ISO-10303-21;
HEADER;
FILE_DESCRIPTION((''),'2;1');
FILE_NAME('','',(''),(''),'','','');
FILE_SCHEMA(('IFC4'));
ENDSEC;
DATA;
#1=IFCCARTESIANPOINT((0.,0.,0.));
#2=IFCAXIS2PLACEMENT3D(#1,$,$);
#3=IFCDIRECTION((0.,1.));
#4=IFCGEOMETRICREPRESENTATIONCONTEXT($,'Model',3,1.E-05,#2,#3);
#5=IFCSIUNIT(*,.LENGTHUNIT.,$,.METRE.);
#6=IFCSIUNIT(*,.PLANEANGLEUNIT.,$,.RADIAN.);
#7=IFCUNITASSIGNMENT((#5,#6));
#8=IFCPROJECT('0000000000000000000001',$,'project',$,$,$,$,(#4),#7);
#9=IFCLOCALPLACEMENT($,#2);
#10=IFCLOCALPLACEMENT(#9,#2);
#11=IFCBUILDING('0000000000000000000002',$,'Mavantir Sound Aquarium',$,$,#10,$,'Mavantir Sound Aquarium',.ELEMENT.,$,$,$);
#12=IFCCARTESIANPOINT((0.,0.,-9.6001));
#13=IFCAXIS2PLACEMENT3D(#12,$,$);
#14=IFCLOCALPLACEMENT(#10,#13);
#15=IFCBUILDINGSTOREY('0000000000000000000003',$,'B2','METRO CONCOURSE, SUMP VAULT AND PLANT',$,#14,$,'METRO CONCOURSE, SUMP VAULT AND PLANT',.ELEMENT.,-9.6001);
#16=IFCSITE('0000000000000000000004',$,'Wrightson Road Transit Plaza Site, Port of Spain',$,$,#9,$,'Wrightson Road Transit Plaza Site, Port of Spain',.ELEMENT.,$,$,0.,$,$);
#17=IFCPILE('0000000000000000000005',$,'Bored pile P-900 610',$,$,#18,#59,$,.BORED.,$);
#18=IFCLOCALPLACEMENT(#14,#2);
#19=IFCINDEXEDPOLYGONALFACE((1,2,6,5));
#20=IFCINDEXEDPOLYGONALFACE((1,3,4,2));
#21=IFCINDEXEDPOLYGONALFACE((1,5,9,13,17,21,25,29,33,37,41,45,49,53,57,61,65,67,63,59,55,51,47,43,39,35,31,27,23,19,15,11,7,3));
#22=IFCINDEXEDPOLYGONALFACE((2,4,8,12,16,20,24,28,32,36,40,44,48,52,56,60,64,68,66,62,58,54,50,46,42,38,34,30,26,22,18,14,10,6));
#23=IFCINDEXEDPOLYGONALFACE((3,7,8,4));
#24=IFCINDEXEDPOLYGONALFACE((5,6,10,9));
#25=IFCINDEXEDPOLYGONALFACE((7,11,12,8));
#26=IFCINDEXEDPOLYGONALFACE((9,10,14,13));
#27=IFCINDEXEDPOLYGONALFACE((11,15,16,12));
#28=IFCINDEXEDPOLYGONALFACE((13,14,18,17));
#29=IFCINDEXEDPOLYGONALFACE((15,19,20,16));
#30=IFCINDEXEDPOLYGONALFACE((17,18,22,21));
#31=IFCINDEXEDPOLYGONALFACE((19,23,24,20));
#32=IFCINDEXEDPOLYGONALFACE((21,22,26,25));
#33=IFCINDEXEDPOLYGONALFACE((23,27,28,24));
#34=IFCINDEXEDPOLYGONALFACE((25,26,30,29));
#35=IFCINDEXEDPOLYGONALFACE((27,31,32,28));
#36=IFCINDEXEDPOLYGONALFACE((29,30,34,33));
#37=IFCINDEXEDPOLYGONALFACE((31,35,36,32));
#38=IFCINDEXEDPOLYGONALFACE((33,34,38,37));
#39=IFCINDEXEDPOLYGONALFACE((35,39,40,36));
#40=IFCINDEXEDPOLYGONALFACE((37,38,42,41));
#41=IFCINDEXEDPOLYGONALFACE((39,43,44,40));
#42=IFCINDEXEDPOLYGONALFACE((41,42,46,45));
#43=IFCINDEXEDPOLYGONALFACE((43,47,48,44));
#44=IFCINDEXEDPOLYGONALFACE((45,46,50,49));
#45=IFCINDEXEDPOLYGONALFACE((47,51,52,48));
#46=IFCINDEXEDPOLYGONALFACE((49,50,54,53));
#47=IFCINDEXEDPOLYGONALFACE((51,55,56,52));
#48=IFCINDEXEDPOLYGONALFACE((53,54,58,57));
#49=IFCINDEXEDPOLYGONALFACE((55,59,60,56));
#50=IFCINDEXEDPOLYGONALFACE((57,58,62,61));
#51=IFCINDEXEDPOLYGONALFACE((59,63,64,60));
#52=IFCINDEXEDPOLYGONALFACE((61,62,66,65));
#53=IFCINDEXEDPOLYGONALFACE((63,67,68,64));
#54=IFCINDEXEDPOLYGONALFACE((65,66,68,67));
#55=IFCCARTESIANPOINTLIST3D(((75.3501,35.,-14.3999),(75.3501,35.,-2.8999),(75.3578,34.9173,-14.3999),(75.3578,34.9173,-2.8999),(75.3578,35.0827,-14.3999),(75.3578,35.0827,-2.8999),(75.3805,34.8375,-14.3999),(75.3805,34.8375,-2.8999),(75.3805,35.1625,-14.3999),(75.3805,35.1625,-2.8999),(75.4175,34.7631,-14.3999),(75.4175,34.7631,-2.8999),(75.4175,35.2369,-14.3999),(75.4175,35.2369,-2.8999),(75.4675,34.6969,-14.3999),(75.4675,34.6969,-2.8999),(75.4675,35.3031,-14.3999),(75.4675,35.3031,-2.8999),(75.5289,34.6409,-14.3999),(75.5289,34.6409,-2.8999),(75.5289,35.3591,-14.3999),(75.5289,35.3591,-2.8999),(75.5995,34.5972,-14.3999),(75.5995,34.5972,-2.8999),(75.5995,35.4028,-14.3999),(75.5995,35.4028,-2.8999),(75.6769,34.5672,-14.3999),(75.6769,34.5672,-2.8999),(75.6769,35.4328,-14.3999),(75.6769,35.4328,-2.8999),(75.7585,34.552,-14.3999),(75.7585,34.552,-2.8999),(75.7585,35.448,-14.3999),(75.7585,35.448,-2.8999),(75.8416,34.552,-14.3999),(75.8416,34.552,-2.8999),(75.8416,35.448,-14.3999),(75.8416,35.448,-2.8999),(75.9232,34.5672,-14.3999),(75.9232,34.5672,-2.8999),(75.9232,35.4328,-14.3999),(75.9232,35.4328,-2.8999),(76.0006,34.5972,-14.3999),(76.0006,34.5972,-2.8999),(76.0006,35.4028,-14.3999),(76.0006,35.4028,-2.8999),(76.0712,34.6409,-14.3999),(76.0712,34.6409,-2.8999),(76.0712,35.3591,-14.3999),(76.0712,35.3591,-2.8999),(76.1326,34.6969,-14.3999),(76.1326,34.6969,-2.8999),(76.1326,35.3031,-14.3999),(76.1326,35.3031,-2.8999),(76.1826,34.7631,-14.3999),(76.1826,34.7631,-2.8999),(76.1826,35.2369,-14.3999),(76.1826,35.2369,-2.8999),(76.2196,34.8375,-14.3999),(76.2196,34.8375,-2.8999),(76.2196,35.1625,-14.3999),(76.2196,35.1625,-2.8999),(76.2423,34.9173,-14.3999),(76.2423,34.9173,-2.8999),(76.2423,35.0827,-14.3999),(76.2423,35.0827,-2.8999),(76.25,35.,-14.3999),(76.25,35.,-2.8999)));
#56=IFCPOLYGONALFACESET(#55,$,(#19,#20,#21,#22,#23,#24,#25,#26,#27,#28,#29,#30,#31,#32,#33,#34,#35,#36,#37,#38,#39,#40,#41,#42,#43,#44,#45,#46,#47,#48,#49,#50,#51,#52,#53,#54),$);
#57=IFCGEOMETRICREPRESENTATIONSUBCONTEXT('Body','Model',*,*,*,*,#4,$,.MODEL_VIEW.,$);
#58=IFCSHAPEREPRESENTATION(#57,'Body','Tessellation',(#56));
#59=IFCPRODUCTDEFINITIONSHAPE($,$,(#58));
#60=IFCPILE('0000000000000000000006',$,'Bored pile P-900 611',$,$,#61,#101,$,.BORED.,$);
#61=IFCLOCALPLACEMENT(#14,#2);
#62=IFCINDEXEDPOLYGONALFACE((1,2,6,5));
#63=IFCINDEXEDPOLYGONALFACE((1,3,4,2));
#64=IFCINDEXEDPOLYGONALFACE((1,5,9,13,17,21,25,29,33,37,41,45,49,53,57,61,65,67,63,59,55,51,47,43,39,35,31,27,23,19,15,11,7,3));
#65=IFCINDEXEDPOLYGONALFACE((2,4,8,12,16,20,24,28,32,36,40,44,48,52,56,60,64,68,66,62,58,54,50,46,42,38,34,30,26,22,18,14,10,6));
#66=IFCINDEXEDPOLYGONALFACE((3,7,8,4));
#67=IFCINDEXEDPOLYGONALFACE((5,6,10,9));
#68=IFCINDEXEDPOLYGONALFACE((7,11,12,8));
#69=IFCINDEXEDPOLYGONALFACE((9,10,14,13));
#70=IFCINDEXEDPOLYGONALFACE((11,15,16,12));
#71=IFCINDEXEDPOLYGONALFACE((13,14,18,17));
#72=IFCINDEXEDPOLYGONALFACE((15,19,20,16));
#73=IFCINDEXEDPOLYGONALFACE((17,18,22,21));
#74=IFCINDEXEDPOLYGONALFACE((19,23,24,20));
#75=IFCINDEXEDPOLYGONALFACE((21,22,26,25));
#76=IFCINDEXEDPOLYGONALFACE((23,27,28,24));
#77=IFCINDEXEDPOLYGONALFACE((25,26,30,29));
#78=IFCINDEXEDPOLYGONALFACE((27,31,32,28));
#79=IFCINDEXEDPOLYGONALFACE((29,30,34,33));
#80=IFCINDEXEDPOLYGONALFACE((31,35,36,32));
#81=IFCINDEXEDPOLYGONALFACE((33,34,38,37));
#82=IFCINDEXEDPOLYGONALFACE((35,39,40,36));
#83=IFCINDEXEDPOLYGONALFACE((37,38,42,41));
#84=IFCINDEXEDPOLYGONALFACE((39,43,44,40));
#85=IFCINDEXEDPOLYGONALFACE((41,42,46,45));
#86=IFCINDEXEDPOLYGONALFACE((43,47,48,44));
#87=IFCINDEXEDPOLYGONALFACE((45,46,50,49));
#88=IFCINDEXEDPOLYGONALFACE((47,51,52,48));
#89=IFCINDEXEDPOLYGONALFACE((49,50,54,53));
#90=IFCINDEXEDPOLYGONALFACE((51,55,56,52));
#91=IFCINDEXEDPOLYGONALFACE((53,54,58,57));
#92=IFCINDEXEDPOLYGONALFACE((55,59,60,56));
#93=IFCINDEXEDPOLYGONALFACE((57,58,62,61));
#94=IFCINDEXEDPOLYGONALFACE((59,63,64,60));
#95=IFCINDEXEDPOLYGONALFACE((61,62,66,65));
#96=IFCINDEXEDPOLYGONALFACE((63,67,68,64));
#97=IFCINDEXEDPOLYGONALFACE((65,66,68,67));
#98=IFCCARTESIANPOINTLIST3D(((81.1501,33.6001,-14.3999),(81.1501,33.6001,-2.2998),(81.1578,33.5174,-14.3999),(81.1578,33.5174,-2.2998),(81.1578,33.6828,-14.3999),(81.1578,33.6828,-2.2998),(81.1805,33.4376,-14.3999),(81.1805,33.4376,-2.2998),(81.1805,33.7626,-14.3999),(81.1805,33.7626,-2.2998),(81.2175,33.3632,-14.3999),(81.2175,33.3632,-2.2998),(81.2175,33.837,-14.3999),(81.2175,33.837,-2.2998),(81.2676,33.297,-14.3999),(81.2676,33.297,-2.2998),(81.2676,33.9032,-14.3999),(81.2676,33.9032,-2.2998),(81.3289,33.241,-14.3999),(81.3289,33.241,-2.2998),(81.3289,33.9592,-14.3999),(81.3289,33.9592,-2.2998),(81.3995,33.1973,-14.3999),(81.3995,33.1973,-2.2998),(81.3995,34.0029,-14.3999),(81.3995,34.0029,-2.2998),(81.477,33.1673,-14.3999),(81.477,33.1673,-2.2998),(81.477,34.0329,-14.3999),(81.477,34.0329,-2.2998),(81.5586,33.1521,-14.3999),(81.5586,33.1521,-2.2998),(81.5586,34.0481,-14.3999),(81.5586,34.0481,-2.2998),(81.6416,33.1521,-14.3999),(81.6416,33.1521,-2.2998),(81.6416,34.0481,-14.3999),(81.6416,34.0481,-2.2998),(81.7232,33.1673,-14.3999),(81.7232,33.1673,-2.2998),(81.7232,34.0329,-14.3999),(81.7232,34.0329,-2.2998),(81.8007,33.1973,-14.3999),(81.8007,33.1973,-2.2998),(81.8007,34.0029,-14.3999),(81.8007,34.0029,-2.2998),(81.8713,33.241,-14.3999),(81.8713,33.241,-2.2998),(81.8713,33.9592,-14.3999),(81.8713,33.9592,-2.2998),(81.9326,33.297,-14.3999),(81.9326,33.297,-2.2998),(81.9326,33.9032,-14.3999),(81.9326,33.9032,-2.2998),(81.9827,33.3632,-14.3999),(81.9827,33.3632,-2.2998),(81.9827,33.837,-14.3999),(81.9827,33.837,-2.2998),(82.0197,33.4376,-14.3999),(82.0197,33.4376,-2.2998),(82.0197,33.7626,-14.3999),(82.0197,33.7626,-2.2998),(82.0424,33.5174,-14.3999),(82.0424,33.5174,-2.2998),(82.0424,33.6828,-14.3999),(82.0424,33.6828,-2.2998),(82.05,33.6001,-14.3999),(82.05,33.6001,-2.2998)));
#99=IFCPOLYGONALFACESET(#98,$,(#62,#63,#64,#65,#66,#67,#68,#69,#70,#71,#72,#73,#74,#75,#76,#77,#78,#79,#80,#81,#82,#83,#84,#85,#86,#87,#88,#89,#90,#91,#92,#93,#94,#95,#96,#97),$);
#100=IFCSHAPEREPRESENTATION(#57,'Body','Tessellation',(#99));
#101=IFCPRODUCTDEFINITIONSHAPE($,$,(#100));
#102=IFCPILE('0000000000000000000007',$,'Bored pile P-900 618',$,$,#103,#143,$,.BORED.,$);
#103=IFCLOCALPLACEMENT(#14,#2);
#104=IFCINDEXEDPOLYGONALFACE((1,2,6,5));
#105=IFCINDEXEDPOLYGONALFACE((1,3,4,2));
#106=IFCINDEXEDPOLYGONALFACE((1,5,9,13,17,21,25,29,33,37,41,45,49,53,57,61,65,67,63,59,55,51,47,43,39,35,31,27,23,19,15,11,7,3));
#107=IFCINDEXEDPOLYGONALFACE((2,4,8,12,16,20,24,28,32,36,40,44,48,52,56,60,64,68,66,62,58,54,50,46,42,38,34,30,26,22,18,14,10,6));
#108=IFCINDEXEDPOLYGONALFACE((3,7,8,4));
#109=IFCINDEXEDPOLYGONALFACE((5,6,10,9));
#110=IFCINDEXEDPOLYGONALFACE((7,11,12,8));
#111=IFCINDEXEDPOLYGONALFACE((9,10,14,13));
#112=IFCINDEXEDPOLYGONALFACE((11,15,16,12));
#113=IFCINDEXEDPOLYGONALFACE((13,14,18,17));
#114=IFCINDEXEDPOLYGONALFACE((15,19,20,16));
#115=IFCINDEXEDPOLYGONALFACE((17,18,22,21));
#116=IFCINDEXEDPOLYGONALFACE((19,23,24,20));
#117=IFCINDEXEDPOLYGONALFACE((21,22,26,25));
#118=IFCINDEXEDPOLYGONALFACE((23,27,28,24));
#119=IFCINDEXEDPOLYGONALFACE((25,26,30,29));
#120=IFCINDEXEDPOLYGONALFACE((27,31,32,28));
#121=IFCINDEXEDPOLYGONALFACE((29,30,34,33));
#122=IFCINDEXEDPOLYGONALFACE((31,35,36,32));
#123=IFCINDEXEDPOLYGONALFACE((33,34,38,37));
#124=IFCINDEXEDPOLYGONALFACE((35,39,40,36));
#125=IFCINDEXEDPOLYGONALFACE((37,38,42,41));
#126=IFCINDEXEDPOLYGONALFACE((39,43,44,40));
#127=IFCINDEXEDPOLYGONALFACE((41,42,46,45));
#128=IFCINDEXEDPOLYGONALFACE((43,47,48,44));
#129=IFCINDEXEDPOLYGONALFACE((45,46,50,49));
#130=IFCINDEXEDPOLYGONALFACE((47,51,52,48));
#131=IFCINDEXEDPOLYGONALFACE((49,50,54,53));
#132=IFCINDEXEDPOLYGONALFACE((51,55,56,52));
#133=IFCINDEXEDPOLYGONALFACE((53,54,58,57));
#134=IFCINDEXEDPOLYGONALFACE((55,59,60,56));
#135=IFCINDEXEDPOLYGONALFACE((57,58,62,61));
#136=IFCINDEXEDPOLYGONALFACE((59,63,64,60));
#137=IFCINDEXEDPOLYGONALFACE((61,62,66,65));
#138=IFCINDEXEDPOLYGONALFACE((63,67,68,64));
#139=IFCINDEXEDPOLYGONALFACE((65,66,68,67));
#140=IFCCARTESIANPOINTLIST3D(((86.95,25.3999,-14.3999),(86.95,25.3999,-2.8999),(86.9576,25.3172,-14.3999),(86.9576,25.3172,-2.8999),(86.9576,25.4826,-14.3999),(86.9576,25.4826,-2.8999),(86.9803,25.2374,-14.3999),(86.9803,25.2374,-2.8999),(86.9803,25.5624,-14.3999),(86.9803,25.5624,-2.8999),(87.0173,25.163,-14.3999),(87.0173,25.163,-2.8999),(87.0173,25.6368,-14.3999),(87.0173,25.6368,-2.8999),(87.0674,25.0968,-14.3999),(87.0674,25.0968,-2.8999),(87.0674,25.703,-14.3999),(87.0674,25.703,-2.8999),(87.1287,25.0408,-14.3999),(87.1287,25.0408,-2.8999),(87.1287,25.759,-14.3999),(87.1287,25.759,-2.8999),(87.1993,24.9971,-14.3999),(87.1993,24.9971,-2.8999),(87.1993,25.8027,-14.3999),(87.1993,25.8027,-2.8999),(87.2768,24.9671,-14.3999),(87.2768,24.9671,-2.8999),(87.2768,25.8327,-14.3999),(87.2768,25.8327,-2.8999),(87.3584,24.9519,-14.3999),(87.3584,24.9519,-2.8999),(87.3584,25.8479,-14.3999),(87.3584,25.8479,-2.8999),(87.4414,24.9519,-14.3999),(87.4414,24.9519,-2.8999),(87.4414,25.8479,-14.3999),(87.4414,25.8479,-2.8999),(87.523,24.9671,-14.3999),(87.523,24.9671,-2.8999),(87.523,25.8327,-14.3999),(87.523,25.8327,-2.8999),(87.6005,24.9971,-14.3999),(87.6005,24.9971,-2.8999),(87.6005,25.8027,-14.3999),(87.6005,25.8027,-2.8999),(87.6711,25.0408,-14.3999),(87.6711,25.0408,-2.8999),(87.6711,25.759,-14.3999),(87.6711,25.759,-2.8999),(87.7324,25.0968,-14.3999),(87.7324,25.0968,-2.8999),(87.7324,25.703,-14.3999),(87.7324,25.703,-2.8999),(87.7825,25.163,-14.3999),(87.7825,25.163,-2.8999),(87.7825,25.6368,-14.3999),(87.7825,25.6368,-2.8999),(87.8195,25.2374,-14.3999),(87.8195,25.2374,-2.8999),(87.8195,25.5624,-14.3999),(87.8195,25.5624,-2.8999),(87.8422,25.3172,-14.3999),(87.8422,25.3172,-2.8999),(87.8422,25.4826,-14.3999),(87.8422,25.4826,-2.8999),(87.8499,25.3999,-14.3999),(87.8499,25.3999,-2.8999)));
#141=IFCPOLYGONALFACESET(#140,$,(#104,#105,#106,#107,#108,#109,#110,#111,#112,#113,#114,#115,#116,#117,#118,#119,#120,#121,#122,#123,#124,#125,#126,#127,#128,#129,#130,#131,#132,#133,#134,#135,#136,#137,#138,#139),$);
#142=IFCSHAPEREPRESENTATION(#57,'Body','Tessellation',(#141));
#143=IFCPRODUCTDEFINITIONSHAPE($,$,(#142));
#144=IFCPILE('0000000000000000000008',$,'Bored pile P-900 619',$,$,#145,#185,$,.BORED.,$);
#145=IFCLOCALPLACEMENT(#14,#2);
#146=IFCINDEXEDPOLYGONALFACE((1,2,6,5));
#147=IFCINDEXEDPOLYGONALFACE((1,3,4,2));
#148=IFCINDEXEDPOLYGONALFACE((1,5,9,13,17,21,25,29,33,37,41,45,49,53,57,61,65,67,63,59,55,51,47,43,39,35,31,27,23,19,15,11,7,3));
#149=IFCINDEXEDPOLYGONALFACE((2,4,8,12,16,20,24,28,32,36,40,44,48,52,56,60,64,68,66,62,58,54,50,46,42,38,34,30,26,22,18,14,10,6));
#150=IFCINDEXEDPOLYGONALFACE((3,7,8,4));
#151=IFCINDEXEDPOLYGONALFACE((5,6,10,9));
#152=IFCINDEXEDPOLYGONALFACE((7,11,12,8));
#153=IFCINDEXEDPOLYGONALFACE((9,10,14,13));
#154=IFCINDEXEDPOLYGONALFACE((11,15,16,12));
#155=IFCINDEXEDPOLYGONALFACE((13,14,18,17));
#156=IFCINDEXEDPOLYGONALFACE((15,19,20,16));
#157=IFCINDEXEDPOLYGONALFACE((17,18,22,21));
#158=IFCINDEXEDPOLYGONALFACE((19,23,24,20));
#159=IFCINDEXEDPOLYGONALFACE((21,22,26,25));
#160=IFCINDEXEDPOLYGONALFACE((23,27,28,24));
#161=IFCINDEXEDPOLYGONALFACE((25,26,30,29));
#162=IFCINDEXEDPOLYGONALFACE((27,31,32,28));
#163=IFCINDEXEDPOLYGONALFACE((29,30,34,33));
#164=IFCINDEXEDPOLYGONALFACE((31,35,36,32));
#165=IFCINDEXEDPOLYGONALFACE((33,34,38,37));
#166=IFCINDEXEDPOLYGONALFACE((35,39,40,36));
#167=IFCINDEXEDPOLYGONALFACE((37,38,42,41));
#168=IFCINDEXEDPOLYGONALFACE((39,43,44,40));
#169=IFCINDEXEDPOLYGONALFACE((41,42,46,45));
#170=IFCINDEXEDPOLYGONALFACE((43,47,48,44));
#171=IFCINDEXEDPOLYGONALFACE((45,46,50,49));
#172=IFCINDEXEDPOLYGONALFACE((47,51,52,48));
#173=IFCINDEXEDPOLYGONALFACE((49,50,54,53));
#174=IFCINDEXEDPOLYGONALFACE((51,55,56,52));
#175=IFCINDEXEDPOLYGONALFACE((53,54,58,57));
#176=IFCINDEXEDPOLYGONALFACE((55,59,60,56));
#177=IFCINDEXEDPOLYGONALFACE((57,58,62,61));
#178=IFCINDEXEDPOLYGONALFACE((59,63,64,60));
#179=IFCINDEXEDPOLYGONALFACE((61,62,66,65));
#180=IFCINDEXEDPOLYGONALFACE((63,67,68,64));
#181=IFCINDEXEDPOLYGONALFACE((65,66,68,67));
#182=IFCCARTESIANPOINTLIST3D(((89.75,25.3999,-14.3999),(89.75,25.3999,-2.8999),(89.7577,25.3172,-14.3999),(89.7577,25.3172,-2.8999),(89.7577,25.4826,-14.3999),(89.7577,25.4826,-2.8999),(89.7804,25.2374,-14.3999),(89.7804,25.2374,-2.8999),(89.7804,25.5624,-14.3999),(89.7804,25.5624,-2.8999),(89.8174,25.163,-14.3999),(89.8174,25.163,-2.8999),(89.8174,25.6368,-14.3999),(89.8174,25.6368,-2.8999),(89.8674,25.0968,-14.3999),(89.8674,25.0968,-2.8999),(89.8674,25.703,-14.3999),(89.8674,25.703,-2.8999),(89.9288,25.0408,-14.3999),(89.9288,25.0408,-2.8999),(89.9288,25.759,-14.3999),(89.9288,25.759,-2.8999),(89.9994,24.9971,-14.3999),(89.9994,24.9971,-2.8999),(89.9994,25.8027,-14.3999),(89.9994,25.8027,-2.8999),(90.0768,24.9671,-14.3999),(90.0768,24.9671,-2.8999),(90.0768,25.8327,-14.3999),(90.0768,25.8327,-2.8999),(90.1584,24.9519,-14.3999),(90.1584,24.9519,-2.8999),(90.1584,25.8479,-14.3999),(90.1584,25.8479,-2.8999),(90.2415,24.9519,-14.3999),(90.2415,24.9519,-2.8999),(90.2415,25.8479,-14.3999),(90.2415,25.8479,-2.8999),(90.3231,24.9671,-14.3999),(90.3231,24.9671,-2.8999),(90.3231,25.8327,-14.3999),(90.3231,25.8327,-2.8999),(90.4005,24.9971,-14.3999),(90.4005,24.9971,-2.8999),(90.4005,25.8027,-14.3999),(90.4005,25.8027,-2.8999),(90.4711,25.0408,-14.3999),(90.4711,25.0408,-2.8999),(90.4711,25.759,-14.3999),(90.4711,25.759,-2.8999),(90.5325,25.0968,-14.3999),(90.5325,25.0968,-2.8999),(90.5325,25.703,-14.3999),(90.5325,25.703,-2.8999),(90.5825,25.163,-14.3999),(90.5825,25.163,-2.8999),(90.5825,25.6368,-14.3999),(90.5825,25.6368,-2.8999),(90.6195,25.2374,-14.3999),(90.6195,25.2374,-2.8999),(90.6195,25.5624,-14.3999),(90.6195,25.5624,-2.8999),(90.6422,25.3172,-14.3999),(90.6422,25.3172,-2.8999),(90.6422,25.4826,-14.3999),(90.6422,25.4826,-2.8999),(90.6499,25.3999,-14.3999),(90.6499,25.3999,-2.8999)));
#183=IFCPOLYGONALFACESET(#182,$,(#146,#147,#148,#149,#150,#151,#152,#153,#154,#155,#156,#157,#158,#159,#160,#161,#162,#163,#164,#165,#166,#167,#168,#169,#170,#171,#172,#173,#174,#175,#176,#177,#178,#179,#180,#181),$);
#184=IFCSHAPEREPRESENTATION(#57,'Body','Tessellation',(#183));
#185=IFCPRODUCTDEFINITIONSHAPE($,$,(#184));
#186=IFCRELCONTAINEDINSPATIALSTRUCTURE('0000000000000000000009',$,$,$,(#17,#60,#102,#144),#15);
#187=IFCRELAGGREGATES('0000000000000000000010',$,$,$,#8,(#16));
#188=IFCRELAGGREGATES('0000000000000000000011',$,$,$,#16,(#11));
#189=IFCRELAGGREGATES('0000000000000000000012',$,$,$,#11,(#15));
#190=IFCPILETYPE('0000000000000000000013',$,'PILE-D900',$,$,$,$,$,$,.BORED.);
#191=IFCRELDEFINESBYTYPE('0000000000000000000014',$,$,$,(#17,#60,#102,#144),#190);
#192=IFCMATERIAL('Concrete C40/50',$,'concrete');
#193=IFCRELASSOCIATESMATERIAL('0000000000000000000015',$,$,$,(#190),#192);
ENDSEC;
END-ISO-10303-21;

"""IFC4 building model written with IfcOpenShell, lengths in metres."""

from ifc_helpers import new_model, si_unit, direction, frame, origin, origin_2d, place, context, subcontext, project, spatial, circle, extrude, material, material_profile, profile_set, type_object, element, save


model = new_model("IFC4")

# Units and contexts
model_context = context("Model", 3, precision=1e-05, world=origin(), true_north=direction((0.0, 1.0)))
body_context = subcontext(model_context, "Body", "Model", "MODEL_VIEW")
ifc_project = project(units=[si_unit("LENGTHUNIT", "METRE"), si_unit("PLANEANGLEUNIT", "RADIAN")], contexts=[model_context])

# Site, building, storey
site_placement = place(None, origin())
site = spatial("IfcSite", under=ifc_project, at=site_placement, Name="Wrightson Road Transit Plaza Site, Port of Spain", LongName="Wrightson Road Transit Plaza Site, Port of Spain", CompositionType="ELEMENT", RefElevation=0.0)
building_placement = place(site_placement, origin())
building = spatial("IfcBuilding", under=site, at=building_placement, Name="Mavantir Sound Aquarium", LongName="Mavantir Sound Aquarium", CompositionType="ELEMENT")
storey_placement = place(building_placement, frame((0.0, 0.0, -9.6001)))
storey = spatial("IfcBuildingStorey", under=building, at=storey_placement, Name="B2", Description="METRO CONCOURSE, SUMP VAULT AND PLANT", LongName="METRO CONCOURSE, SUMP VAULT AND PLANT", CompositionType="ELEMENT", Elevation=-9.6001)

# Shared definitions
ifc_material_1 = material(Name="Concrete C40/50", Category="concrete")

# Piles
ifc_material_profile_1 = material_profile(ifc_material_1, circle(Radius=0.45, at=origin_2d()), Name="PILE D900")
ifc_profile_set_1 = profile_set([ifc_material_profile_1], Name="Concrete C40/50")
pile_type = type_object("IfcPileType", Name="PILE-D900", PredefinedType="BORED", material=ifc_profile_set_1)
for number, where, z_axis, x_axis, name in (
    (1, (75.8, 35.0, -2.8999), (0.0, 0.0, -1.0), (1.0, 0.0, 0.0), "Bored pile P-900 610"),
):
    element("IfcPile", number, at=place(storey_placement, frame(where, z_axis=z_axis, x_axis=x_axis)), inside=storey, type_object=pile_type, Name=name, PredefinedType="BORED", context=body_context, shape_type="SweptSolid", body=[
        extrude(circle(Radius=0.45, at=origin_2d()), origin(), (0.0, 0.0, 1.0), 11.5),
    ])
pile_placement = place(storey_placement, frame((81.6001, 33.6001, -2.2998), z_axis=(0.0, 0.0, -1.0), x_axis=(1.0, 0.0, 0.0)))
element("IfcPile", 2, at=pile_placement, inside=storey, type_object=pile_type, Name="Bored pile P-900 611", PredefinedType="BORED", context=body_context, shape_type="SweptSolid", body=[
    extrude(circle(Radius=0.45, at=origin_2d()), origin(), (0.0, 0.0, 1.0), 12.1001),
])
for number, where, z_axis, x_axis, name in (
    (3, (87.3999, 25.3999, -2.8999), (0.0, 0.0, -1.0), (1.0, 0.0, 0.0), "Bored pile P-900 618"),
    (4, (90.2, 25.3999, -2.8999), (0.0, 0.0, -1.0), (1.0, 0.0, 0.0), "Bored pile P-900 619"),
):
    element("IfcPile", number, at=place(storey_placement, frame(where, z_axis=z_axis, x_axis=x_axis)), inside=storey, type_object=pile_type, Name=name, PredefinedType="BORED", context=body_context, shape_type="SweptSolid", body=[
        extrude(circle(Radius=0.45, at=origin_2d()), origin(), (0.0, 0.0, 1.0), 11.5),
    ])

save(model, "model.ifc")
